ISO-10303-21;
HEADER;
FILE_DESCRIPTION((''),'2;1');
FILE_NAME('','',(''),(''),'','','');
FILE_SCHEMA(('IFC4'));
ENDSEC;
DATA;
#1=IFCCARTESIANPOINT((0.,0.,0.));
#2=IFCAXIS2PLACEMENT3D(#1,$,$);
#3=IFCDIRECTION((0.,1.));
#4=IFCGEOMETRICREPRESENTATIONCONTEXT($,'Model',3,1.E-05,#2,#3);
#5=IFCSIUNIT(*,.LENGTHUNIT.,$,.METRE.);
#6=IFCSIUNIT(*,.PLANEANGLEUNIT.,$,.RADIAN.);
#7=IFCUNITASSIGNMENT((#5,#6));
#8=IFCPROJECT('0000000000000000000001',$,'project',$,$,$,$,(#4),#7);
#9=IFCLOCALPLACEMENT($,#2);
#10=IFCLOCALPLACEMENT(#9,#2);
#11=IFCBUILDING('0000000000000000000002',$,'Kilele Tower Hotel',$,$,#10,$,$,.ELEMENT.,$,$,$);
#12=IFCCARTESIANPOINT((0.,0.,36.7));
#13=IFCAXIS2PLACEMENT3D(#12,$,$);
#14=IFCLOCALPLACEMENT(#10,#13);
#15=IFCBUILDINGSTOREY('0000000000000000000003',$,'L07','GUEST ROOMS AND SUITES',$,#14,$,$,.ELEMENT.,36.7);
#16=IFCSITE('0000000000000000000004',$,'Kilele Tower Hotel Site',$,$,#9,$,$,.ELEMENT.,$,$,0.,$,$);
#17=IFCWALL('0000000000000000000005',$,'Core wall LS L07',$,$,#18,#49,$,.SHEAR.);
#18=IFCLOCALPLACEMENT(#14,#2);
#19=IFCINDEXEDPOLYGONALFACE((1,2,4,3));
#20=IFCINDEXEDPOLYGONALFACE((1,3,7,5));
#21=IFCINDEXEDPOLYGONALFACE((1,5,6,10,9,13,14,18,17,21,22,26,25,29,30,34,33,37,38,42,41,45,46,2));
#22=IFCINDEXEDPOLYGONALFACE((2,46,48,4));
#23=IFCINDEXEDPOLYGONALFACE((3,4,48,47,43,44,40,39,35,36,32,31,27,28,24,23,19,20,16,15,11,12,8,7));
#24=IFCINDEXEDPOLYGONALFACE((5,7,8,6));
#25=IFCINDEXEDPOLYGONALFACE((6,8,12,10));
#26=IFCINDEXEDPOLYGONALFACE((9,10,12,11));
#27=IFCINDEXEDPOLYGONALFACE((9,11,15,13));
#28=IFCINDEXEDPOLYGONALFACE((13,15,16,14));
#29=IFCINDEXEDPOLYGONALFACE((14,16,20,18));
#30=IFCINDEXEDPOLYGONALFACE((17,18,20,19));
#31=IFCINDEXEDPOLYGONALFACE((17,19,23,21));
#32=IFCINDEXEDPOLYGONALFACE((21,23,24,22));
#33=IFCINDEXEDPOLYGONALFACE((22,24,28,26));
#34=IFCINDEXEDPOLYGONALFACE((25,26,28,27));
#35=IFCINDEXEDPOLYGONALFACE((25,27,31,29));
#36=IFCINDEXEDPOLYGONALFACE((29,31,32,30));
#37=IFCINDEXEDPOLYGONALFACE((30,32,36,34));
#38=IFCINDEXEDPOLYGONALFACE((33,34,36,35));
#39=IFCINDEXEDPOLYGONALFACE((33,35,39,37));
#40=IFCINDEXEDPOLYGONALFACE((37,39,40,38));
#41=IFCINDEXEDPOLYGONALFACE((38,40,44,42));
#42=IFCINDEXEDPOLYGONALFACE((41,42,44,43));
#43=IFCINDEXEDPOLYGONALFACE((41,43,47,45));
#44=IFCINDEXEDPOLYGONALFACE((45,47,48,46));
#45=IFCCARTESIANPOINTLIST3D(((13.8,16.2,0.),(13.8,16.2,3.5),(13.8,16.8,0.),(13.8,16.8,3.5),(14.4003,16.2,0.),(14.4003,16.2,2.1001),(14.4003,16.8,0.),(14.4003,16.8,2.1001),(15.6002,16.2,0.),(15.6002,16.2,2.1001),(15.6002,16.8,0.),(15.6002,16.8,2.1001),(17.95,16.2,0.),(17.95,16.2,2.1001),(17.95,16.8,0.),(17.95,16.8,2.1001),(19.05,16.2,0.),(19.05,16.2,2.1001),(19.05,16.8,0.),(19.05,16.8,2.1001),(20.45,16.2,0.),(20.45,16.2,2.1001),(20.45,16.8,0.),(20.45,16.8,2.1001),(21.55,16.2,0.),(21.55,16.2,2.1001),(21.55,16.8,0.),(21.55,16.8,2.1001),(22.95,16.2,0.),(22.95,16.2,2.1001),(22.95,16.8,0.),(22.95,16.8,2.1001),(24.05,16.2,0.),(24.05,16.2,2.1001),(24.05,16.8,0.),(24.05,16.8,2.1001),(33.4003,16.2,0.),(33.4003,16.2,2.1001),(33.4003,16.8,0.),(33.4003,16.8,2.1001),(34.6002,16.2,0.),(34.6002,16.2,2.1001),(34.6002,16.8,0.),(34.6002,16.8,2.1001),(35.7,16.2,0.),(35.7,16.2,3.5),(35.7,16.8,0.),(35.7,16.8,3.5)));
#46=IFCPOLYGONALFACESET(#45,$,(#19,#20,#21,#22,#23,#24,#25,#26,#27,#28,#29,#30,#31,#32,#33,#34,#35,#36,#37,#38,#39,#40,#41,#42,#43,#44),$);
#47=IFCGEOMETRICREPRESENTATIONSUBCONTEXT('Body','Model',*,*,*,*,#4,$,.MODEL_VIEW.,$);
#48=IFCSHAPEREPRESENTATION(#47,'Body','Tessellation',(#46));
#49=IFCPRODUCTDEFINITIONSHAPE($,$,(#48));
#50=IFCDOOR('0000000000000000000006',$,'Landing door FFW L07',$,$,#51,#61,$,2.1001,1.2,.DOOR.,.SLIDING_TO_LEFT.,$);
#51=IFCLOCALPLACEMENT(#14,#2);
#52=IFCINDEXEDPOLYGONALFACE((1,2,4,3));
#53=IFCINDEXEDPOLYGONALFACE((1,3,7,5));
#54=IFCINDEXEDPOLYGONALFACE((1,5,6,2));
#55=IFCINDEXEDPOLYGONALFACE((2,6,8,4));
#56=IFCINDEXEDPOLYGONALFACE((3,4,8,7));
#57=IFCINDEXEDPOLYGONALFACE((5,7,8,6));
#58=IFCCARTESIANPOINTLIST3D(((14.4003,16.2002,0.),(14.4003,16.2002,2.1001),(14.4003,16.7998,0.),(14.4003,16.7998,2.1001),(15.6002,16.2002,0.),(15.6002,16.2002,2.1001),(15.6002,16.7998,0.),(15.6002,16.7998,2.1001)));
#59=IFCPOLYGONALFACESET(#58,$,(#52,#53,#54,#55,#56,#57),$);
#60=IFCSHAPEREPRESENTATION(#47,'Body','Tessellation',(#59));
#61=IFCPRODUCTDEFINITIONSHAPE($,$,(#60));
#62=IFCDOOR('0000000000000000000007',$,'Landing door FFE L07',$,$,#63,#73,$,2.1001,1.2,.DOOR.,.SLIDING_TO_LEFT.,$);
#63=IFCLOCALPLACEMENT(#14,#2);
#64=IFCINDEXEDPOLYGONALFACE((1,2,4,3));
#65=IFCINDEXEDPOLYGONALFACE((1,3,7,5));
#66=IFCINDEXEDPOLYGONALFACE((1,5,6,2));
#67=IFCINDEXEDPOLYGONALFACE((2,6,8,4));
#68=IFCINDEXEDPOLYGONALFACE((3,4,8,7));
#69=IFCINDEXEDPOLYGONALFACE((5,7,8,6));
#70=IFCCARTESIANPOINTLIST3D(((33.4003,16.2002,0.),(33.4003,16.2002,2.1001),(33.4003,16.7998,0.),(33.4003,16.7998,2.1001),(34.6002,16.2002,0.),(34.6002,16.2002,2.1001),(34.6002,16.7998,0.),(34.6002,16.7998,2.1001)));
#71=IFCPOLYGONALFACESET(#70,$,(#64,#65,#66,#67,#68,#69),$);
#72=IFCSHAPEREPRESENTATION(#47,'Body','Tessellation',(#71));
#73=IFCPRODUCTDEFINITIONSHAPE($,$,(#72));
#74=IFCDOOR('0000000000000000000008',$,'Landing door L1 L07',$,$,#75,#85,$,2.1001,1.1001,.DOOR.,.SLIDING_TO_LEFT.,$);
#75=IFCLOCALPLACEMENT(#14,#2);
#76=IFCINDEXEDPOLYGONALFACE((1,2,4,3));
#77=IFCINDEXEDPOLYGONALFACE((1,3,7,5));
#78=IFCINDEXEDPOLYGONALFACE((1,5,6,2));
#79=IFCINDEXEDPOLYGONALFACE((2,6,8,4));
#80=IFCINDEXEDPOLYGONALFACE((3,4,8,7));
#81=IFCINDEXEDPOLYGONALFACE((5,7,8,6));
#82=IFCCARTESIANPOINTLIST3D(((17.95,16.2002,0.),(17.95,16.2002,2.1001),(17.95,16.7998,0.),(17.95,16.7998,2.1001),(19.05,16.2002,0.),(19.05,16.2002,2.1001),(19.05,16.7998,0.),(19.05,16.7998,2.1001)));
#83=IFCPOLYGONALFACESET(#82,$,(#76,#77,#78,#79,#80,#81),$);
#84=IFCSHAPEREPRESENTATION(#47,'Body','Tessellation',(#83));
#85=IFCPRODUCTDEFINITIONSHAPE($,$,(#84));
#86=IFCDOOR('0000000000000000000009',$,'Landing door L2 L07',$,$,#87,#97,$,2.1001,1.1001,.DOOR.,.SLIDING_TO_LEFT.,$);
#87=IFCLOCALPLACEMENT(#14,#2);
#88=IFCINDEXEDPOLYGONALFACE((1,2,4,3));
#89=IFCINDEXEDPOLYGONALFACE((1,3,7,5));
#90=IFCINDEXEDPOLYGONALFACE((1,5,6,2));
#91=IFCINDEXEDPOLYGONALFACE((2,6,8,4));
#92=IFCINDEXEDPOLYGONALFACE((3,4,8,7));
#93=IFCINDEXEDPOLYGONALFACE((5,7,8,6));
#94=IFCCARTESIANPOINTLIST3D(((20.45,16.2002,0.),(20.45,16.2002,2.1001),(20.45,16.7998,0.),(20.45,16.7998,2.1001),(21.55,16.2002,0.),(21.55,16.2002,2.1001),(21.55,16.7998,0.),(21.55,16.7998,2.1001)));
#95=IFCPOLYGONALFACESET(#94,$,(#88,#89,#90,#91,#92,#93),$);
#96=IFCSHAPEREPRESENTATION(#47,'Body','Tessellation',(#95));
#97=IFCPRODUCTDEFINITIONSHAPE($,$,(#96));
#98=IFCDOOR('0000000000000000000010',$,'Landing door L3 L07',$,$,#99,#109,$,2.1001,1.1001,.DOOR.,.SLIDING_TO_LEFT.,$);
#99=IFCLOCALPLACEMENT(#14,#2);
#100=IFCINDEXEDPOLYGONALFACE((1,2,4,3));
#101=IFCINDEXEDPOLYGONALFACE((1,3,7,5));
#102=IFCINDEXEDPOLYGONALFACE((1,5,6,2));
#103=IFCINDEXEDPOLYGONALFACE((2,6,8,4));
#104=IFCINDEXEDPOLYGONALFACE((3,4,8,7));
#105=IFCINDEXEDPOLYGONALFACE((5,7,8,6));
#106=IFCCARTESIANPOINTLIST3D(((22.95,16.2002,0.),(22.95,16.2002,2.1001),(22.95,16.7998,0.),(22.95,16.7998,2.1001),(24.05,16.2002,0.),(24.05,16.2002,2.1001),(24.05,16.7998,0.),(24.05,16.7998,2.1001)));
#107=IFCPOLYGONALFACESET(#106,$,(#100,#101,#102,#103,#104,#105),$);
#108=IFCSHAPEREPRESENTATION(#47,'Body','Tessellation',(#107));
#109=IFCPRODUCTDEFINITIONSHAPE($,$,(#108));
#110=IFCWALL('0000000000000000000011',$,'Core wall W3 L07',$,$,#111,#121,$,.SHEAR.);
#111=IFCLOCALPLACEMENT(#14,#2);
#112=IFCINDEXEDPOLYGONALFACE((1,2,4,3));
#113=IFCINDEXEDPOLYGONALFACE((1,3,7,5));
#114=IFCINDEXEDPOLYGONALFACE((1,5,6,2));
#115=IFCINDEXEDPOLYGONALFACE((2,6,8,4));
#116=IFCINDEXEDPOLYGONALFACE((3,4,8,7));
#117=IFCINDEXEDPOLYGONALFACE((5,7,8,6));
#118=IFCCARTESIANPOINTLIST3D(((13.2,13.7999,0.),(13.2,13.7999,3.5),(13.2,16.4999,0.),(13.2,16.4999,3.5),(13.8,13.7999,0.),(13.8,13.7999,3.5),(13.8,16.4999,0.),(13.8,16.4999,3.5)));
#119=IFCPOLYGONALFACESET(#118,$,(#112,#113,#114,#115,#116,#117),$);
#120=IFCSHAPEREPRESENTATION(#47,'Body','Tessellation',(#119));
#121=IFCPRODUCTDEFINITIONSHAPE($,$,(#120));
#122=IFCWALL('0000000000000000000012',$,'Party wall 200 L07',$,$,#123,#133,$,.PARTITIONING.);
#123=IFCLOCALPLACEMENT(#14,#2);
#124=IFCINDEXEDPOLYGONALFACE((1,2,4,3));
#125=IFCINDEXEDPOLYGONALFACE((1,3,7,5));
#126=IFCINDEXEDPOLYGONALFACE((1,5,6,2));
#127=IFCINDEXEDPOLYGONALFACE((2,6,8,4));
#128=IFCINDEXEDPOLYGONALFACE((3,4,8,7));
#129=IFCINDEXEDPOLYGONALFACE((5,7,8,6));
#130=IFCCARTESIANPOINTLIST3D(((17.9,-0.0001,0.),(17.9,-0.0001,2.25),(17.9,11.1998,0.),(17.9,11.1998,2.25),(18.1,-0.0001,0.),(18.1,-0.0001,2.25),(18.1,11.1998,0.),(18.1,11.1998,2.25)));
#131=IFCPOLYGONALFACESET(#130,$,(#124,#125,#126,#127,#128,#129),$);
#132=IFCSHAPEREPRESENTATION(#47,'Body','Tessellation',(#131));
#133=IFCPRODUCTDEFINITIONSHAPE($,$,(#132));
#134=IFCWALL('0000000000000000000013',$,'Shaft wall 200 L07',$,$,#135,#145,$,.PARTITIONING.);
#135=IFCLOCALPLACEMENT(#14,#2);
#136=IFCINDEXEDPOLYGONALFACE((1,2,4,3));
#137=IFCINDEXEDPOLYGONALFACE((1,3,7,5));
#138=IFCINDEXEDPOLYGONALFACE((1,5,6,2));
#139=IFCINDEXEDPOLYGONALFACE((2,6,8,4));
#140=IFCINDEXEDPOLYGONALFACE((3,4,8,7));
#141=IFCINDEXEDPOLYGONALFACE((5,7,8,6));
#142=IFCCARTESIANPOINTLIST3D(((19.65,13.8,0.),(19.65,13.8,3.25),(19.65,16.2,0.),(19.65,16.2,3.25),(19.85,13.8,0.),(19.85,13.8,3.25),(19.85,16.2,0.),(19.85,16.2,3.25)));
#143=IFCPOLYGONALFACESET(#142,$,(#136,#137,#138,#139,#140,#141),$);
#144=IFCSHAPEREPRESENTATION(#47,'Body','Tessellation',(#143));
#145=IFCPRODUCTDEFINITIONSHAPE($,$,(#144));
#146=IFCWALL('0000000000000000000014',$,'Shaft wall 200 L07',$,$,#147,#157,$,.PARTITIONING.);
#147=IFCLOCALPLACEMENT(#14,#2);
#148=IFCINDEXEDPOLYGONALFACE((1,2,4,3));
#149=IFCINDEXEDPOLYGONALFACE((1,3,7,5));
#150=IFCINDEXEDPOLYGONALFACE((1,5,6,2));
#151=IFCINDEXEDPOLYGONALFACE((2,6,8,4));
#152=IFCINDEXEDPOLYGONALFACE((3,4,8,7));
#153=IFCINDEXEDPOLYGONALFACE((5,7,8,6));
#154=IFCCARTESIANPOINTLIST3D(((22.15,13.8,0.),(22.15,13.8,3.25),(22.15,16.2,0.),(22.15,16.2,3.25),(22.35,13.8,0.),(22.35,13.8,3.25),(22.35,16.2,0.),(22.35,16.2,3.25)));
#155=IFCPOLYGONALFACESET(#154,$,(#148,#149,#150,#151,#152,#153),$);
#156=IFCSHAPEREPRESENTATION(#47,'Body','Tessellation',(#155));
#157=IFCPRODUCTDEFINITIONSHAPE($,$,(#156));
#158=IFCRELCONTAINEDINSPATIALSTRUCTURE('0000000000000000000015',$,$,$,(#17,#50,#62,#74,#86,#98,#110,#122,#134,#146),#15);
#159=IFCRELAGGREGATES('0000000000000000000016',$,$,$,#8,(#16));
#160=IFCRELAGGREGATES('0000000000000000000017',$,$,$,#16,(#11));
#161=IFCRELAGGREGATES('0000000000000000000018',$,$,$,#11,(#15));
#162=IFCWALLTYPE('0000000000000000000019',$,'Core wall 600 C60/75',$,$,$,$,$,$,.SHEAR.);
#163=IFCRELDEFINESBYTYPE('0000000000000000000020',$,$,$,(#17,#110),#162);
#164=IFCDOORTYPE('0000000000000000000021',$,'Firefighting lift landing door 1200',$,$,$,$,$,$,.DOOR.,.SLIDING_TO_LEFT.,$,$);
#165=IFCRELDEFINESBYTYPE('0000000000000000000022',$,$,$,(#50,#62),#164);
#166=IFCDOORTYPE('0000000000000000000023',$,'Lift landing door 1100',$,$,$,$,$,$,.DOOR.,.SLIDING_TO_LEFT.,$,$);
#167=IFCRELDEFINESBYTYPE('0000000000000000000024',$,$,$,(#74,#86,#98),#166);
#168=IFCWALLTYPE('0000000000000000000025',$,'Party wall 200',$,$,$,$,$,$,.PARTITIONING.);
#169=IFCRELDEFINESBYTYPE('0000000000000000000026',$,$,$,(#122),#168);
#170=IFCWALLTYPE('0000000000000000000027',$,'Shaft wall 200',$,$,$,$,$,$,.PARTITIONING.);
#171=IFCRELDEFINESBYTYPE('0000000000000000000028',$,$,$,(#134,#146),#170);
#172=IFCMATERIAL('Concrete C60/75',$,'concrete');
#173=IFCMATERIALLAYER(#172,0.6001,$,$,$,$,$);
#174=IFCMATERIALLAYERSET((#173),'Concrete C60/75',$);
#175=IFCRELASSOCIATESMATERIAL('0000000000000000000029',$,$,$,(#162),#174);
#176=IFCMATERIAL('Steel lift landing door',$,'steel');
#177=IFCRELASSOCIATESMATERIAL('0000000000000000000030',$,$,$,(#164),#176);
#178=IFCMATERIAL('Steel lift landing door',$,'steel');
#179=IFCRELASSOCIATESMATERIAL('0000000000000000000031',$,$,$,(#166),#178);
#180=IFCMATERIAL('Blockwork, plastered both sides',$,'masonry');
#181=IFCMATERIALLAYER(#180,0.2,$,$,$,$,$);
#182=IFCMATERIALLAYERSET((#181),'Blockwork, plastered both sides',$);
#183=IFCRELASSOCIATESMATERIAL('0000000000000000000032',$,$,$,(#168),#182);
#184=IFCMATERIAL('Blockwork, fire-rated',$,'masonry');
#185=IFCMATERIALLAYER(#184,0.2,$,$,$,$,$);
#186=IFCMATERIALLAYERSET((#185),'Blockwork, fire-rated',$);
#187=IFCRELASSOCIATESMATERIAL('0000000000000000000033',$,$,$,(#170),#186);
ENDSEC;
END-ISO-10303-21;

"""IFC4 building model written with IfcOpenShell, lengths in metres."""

from ifc_helpers import new_model, si_unit, direction, frame, frame_2d, origin, place, context, subcontext, project, spatial, rectangle, extrude, material, layer, layer_set, type_object, element, fill, save


model = new_model("IFC4")

# Units and contexts
model_context = context("Model", 3, precision=1e-05, world=origin(), true_north=direction((0.0, 1.0)))
body_context = subcontext(model_context, "Body", "Model", "MODEL_VIEW")
ifc_project = project(units=[si_unit("LENGTHUNIT", "METRE"), si_unit("PLANEANGLEUNIT", "RADIAN")], contexts=[model_context])

# Site, building, storey
site_placement = place(None, origin())
site = spatial("IfcSite", under=ifc_project, at=site_placement, Name="Kilele Tower Hotel Site", CompositionType="ELEMENT", RefElevation=0.0)
building_placement = place(site_placement, origin())
building = spatial("IfcBuilding", under=site, at=building_placement, Name="Kilele Tower Hotel", CompositionType="ELEMENT")
storey_placement = place(building_placement, frame((0.0, 0.0, 36.7)))
storey = spatial("IfcBuildingStorey", under=building, at=storey_placement, Name="L07", Description="GUEST ROOMS AND SUITES", CompositionType="ELEMENT", Elevation=36.7)

# Shared definitions
ifc_material_1 = material(Name="Concrete C60/75", Category="concrete")
ifc_layer_1 = layer(ifc_material_1, 0.6001)
ifc_layer_set_1 = layer_set([ifc_layer_1], Name="Concrete C60/75")
wall_type_1 = type_object("IfcWallType", Name="Core wall 600 C60/75", PredefinedType="SHEAR", material=ifc_layer_set_1)

# Wall, openings, doors
wall_1_placement = place(storey_placement, frame((13.8, 16.5, 0.0), z_axis=(0.0, 0.0, 1.0), x_axis=(1.0, 0.0, 0.0)))
wall_1 = element("IfcWall", 1, at=wall_1_placement, inside=storey, type_object=wall_type_1, Name="Core wall LS L07", PredefinedType="SHEAR", context=body_context, shape_type="SweptSolid", body=[
    extrude(rectangle(XDim=21.8999, YDim=0.6001, at=frame_2d((10.95, 0.0))), origin(), (0.0, 0.0, 1.0), 3.5),
])
opening_1_placement = place(wall_1_placement, frame((4.1499, 0.0, 0.0)))
opening_1 = element("IfcOpeningElement", 2, at=opening_1_placement, cuts=wall_1, PredefinedType="OPENING", context=body_context, shape_type="SweptSolid", body=[
    extrude(rectangle(XDim=1.1001, YDim=2.1001, at=frame_2d((0.55, 1.05))), frame((0.0, 0.3101, 0.0), z_axis=(0.0, -1.0, 0.0), x_axis=(1.0, 0.0, 0.0)), (0.0, 0.0, 1.0), 0.6201),
])
opening_2_placement = place(wall_1_placement, frame((6.6499, 0.0, 0.0)))
opening_2 = element("IfcOpeningElement", 3, at=opening_2_placement, cuts=wall_1, PredefinedType="OPENING", context=body_context, shape_type="SweptSolid", body=[
    extrude(rectangle(XDim=1.1001, YDim=2.1001, at=frame_2d((0.55, 1.05))), frame((0.0, 0.3101, 0.0), z_axis=(0.0, -1.0, 0.0), x_axis=(1.0, 0.0, 0.0)), (0.0, 0.0, 1.0), 0.6201),
])
opening_3_placement = place(wall_1_placement, frame((9.1499, 0.0, 0.0)))
opening_3 = element("IfcOpeningElement", 4, at=opening_3_placement, cuts=wall_1, PredefinedType="OPENING", context=body_context, shape_type="SweptSolid", body=[
    extrude(rectangle(XDim=1.1001, YDim=2.1001, at=frame_2d((0.55, 1.05))), frame((0.0, 0.3101, 0.0), z_axis=(0.0, -1.0, 0.0), x_axis=(1.0, 0.0, 0.0)), (0.0, 0.0, 1.0), 0.6201),
])
opening_4_placement = place(wall_1_placement, frame((0.6001, 0.0, 0.0)))
opening_4 = element("IfcOpeningElement", 5, at=opening_4_placement, cuts=wall_1, PredefinedType="OPENING", context=body_context, shape_type="SweptSolid", body=[
    extrude(rectangle(XDim=1.2, YDim=2.1001, at=frame_2d((0.6001, 1.05))), frame((0.0, 0.3101, 0.0), z_axis=(0.0, -1.0, 0.0), x_axis=(1.0, 0.0, 0.0)), (0.0, 0.0, 1.0), 0.6201),
])
opening_5_placement = place(wall_1_placement, frame((19.6001, 0.0, 0.0)))
opening_5 = element("IfcOpeningElement", 6, at=opening_5_placement, cuts=wall_1, PredefinedType="OPENING", context=body_context, shape_type="SweptSolid", body=[
    extrude(rectangle(XDim=1.2, YDim=2.1001, at=frame_2d((0.6001, 1.05))), frame((0.0, 0.3101, 0.0), z_axis=(0.0, -1.0, 0.0), x_axis=(1.0, 0.0, 0.0)), (0.0, 0.0, 1.0), 0.6201),
])
ifc_material_2 = material(Name="Steel lift landing door", Category="steel")
door_type_1 = type_object("IfcDoorType", Name="Firefighting lift landing door 1200", OperationType="SLIDING_TO_LEFT", PredefinedType="DOOR", material=ifc_material_2)
door_1_placement = place(opening_4_placement, origin())
door_1 = element("IfcDoor", 7, at=door_1_placement, inside=storey, type_object=door_type_1, Name="Landing door FFW L07", OperationType="SLIDING_TO_LEFT", OverallHeight=2.1001, OverallWidth=1.2, PredefinedType="DOOR", context=body_context, shape_type="SweptSolid", body=[
    extrude(rectangle(XDim=1.2, YDim=2.1001, at=frame_2d((0.6001, 1.05))), frame((0.0, 0.2998, 0.0), z_axis=(0.0, -1.0, 0.0), x_axis=(1.0, 0.0, 0.0)), (0.0, 0.0, 1.0), 0.5996),
])
fill(opening_4, door_1)
door_2_placement = place(opening_5_placement, origin())
door_2 = element("IfcDoor", 8, at=door_2_placement, inside=storey, type_object=door_type_1, Name="Landing door FFE L07", OperationType="SLIDING_TO_LEFT", OverallHeight=2.1001, OverallWidth=1.2, PredefinedType="DOOR", context=body_context, shape_type="SweptSolid", body=[
    extrude(rectangle(XDim=1.2, YDim=2.1001, at=frame_2d((0.6001, 1.05))), frame((0.0, 0.2998, 0.0), z_axis=(0.0, -1.0, 0.0), x_axis=(1.0, 0.0, 0.0)), (0.0, 0.0, 1.0), 0.5996),
])
fill(opening_5, door_2)
ifc_material_3 = material(Name="Steel lift landing door", Category="steel")
door_type_2 = type_object("IfcDoorType", Name="Lift landing door 1100", OperationType="SLIDING_TO_LEFT", PredefinedType="DOOR", material=ifc_material_3)
door_3_placement = place(opening_1_placement, origin())
door_3 = element("IfcDoor", 9, at=door_3_placement, inside=storey, type_object=door_type_2, Name="Landing door L1 L07", OperationType="SLIDING_TO_LEFT", OverallHeight=2.1001, OverallWidth=1.1001, PredefinedType="DOOR", context=body_context, shape_type="SweptSolid", body=[
    extrude(rectangle(XDim=1.1001, YDim=2.1001, at=frame_2d((0.55, 1.05))), frame((0.0, 0.2998, 0.0), z_axis=(0.0, -1.0, 0.0), x_axis=(1.0, 0.0, 0.0)), (0.0, 0.0, 1.0), 0.5996),
])
fill(opening_1, door_3)
door_4_placement = place(opening_2_placement, origin())
door_4 = element("IfcDoor", 10, at=door_4_placement, inside=storey, type_object=door_type_2, Name="Landing door L2 L07", OperationType="SLIDING_TO_LEFT", OverallHeight=2.1001, OverallWidth=1.1001, PredefinedType="DOOR", context=body_context, shape_type="SweptSolid", body=[
    extrude(rectangle(XDim=1.1001, YDim=2.1001, at=frame_2d((0.55, 1.05))), frame((0.0, 0.2998, 0.0), z_axis=(0.0, -1.0, 0.0), x_axis=(1.0, 0.0, 0.0)), (0.0, 0.0, 1.0), 0.5996),
])
fill(opening_2, door_4)
door_5_placement = place(opening_3_placement, origin())
door_5 = element("IfcDoor", 11, at=door_5_placement, inside=storey, type_object=door_type_2, Name="Landing door L3 L07", OperationType="SLIDING_TO_LEFT", OverallHeight=2.1001, OverallWidth=1.1001, PredefinedType="DOOR", context=body_context, shape_type="SweptSolid", body=[
    extrude(rectangle(XDim=1.1001, YDim=2.1001, at=frame_2d((0.55, 1.05))), frame((0.0, 0.2998, 0.0), z_axis=(0.0, -1.0, 0.0), x_axis=(1.0, 0.0, 0.0)), (0.0, 0.0, 1.0), 0.5996),
])
fill(opening_3, door_5)

# Walls
wall_2_placement = place(storey_placement, frame((13.5, 16.5, 0.0), z_axis=(0.0, 0.0, 1.0), x_axis=(0.0, -1.0, 0.0)))
element("IfcWall", 12, at=wall_2_placement, inside=storey, type_object=wall_type_1, Name="Core wall W3 L07", PredefinedType="SHEAR", context=body_context, shape_type="SweptSolid", body=[
    extrude(rectangle(XDim=2.7, YDim=0.6001, at=frame_2d((1.3501, 0.0))), origin(), (0.0, 0.0, 1.0), 3.5),
])
ifc_material_4 = material(Name="Blockwork, plastered both sides", Category="masonry")
ifc_layer_2 = layer(ifc_material_4, 0.2)
ifc_layer_set_2 = layer_set([ifc_layer_2], Name="Blockwork, plastered both sides")
wall_type_2 = type_object("IfcWallType", Name="Party wall 200", PredefinedType="PARTITIONING", material=ifc_layer_set_2)
wall_3_placement = place(storey_placement, frame((18.0, 11.2, 0.0), z_axis=(0.0, 0.0, 1.0), x_axis=(0.0, -1.0, 0.0)))
element("IfcWall", 13, at=wall_3_placement, inside=storey, type_object=wall_type_2, Name="Party wall 200 L07", PredefinedType="PARTITIONING", context=body_context, shape_type="SweptSolid", body=[
    extrude(rectangle(XDim=11.2, YDim=0.2, at=frame_2d((5.6001, 0.0))), origin(), (0.0, 0.0, 1.0), 2.25),
])
ifc_material_5 = material(Name="Blockwork, fire-rated", Category="masonry")
ifc_layer_3 = layer(ifc_material_5, 0.2)
ifc_layer_set_3 = layer_set([ifc_layer_3], Name="Blockwork, fire-rated")
wall_type_3 = type_object("IfcWallType", Name="Shaft wall 200", PredefinedType="PARTITIONING", material=ifc_layer_set_3)
for number, where, z_axis, x_axis, name in (
    (14, (19.75, 13.8, 0.0), (0.0, 0.0, 1.0), (0.0, 1.0, 0.0), "Shaft wall 200 L07"),
    (15, (22.25, 13.8, 0.0), (0.0, 0.0, 1.0), (0.0, 1.0, 0.0), "Shaft wall 200 L07"),
):
    element("IfcWall", number, at=place(storey_placement, frame(where, z_axis=z_axis, x_axis=x_axis)), inside=storey, type_object=wall_type_3, Name=name, PredefinedType="PARTITIONING", context=body_context, shape_type="SweptSolid", body=[
        extrude(rectangle(XDim=2.3999, YDim=0.2, at=frame_2d((1.2, 0.0))), origin(), (0.0, 0.0, 1.0), 3.25),
    ])

save(model, "model.ifc")
